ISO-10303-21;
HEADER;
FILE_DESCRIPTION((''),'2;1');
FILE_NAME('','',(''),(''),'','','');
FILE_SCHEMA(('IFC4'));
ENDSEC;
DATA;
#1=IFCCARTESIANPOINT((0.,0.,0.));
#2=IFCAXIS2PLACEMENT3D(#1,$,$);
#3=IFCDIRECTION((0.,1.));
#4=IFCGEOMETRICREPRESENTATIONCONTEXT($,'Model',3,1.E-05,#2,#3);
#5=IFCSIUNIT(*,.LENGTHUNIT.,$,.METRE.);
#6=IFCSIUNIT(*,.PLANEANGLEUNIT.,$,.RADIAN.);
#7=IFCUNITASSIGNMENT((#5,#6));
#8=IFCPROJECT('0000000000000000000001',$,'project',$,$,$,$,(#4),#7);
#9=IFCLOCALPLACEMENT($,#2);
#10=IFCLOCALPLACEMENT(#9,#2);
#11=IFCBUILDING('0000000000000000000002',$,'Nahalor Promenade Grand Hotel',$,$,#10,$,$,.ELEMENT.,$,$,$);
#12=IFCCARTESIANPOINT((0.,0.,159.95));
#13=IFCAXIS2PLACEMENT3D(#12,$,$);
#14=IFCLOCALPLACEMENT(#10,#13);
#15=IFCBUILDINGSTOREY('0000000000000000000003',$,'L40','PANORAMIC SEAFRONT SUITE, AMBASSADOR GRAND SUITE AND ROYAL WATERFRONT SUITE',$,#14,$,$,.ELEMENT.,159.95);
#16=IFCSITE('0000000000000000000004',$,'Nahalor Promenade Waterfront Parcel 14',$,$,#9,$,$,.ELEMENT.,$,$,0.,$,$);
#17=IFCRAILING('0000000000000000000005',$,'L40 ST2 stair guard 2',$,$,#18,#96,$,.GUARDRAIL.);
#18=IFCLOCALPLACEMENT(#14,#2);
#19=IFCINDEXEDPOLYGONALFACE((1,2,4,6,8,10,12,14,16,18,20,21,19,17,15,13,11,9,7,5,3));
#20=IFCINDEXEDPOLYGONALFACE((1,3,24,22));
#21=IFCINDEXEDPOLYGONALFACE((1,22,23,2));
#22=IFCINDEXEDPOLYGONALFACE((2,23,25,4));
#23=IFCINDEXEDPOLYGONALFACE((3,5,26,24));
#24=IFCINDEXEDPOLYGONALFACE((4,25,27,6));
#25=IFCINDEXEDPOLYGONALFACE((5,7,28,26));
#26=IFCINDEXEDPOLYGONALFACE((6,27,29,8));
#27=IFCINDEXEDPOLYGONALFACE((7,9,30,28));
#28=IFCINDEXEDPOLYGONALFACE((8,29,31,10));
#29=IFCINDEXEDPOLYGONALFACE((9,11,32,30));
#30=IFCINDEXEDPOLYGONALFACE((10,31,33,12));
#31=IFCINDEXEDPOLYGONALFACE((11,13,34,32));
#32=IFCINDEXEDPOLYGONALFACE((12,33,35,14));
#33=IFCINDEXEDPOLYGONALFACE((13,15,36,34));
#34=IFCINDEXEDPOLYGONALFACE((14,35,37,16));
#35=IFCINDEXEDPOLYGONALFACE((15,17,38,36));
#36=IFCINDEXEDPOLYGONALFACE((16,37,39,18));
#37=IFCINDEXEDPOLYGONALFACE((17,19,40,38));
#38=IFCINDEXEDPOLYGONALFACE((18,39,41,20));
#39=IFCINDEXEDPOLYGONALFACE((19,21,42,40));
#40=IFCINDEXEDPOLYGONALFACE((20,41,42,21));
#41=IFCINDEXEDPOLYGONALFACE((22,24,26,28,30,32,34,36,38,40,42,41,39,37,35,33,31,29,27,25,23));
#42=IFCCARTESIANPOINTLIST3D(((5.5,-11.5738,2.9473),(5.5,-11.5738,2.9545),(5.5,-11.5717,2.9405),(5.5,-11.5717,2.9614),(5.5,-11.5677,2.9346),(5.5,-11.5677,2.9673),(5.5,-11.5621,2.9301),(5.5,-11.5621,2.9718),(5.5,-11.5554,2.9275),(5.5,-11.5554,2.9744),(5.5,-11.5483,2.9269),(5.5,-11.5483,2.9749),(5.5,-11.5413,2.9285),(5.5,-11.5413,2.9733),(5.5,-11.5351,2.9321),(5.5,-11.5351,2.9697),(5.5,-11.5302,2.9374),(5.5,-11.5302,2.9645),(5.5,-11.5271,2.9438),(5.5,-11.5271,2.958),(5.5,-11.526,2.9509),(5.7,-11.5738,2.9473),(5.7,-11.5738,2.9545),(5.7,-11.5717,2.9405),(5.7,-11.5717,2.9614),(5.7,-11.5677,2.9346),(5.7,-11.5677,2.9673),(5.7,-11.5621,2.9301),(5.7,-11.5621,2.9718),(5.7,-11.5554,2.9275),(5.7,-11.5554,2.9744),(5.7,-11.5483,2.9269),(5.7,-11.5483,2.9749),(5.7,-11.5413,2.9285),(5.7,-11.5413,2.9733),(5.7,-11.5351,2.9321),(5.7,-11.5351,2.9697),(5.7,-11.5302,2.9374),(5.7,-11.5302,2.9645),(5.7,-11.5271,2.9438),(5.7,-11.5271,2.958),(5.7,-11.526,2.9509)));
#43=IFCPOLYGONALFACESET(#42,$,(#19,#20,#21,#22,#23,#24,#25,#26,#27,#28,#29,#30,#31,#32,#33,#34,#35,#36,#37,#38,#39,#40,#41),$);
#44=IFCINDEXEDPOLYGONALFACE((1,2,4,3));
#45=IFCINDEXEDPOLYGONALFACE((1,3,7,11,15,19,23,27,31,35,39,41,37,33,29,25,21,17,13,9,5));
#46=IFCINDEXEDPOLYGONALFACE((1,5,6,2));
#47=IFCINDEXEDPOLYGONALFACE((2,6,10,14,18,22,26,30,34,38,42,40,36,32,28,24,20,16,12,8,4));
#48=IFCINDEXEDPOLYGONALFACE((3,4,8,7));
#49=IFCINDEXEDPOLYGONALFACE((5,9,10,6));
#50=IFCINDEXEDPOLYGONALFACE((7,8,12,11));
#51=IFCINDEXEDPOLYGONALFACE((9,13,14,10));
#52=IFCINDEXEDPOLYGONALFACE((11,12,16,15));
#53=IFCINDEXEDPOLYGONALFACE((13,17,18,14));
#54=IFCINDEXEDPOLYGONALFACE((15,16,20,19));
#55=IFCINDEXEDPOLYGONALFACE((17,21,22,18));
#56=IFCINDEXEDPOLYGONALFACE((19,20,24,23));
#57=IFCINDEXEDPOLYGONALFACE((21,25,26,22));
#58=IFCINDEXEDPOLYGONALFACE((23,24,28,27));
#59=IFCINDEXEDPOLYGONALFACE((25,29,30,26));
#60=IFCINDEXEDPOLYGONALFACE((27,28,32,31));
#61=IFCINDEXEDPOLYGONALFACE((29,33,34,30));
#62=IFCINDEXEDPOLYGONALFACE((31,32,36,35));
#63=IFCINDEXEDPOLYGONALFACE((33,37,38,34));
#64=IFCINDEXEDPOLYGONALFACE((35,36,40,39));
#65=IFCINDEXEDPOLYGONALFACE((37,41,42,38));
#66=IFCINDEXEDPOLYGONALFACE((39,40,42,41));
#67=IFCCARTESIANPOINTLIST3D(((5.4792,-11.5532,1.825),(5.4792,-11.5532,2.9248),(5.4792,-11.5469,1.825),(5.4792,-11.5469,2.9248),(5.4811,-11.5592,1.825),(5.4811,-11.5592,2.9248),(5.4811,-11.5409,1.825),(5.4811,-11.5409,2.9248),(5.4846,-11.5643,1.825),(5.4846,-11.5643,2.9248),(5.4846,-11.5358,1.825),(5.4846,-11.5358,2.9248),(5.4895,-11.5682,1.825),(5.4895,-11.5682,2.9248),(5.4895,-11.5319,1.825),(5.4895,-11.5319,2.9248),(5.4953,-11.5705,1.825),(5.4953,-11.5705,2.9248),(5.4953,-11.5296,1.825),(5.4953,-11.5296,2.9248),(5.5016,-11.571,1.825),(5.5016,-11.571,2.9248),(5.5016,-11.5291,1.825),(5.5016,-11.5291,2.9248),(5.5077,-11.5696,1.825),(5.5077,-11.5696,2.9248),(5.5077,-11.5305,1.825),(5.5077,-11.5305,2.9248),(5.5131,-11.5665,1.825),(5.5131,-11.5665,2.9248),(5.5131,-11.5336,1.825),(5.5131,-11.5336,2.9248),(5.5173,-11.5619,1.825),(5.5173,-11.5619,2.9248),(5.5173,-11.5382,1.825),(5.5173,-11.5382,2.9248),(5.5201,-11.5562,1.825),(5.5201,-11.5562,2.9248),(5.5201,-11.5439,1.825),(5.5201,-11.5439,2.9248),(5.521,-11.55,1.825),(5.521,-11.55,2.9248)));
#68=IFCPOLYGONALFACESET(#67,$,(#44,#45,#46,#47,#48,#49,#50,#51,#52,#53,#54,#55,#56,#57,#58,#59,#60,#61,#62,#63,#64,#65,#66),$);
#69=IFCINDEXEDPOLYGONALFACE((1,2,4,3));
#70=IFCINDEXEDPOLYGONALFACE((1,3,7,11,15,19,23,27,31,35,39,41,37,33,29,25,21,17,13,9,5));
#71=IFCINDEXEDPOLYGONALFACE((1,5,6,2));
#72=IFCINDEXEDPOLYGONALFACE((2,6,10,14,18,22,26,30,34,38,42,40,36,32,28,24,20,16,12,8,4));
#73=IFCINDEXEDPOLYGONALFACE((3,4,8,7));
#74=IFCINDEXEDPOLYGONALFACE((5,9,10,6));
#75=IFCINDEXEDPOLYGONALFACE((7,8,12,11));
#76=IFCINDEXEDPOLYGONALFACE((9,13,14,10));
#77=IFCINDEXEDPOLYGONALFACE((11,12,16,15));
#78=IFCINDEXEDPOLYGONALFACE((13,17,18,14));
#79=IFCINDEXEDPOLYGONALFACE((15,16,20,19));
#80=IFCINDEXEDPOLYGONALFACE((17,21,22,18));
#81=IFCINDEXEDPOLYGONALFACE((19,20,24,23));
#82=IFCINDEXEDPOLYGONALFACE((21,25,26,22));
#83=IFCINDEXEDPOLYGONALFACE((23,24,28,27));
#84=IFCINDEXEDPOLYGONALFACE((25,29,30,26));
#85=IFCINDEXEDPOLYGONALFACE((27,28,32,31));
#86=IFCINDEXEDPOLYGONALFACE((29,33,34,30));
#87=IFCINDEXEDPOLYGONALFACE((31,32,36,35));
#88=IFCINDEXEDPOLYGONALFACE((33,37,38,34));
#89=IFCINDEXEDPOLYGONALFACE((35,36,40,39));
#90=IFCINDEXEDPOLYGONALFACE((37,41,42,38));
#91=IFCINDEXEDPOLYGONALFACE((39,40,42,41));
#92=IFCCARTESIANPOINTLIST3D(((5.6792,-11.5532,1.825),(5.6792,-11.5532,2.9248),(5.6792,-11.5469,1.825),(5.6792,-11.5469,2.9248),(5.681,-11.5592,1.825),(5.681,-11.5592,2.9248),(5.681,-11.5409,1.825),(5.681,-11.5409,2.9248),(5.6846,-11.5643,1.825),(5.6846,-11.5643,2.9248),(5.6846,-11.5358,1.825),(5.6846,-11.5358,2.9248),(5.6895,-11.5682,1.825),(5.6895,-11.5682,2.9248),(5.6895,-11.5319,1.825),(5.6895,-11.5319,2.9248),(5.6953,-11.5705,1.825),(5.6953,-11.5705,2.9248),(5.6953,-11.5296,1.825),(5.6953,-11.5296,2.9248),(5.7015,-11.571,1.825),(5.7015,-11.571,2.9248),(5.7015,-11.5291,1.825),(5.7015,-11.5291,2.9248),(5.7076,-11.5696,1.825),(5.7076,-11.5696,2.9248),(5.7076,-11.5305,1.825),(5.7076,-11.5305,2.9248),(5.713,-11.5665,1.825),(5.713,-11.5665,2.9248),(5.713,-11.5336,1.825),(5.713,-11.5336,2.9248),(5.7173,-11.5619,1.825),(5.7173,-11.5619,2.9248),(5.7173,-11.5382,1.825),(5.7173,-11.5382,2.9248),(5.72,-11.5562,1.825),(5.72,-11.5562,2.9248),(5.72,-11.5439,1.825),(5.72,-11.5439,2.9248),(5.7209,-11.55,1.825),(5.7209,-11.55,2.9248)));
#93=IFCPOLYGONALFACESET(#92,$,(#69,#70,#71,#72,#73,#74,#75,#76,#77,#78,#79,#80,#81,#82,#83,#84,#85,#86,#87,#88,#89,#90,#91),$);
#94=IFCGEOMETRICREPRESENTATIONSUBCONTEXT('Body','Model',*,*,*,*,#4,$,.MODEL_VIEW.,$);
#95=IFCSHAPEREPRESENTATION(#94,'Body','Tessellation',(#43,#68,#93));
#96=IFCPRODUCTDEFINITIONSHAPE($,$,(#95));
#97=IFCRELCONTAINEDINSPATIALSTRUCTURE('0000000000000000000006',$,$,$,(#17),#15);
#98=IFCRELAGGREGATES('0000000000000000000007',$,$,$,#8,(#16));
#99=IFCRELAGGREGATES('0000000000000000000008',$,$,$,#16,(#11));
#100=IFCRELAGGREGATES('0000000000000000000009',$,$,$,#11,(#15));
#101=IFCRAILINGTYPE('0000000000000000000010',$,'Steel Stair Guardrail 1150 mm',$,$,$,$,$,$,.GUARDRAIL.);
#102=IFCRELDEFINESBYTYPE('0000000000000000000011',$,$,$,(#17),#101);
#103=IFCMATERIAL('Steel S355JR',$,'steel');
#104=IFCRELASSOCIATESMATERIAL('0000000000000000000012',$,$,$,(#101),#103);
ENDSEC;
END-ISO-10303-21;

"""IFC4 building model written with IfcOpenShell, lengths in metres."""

from ifc_helpers import new_model, si_unit, direction, frame, origin, origin_2d, place, context, subcontext, project, spatial, circle, extrude, material, type_object, element, save


model = new_model("IFC4")

# Units and contexts
model_context = context("Model", 3, precision=1e-05, world=origin(), true_north=direction((0.0, 1.0)))
body_context = subcontext(model_context, "Body", "Model", "MODEL_VIEW")
ifc_project = project(units=[si_unit("LENGTHUNIT", "METRE"), si_unit("PLANEANGLEUNIT", "RADIAN")], contexts=[model_context])

# Site, building, storey
site_placement = place(None, origin())
site = spatial("IfcSite", under=ifc_project, at=site_placement, Name="Nahalor Promenade Waterfront Parcel 14", CompositionType="ELEMENT", RefElevation=0.0)
building_placement = place(site_placement, origin())
building = spatial("IfcBuilding", under=site, at=building_placement, Name="Nahalor Promenade Grand Hotel", CompositionType="ELEMENT")
storey_placement = place(building_placement, frame((0.0, 0.0, 159.95)))
storey = spatial("IfcBuildingStorey", under=building, at=storey_placement, Name="L40", Description="PANORAMIC SEAFRONT SUITE, AMBASSADOR GRAND SUITE AND ROYAL WATERFRONT SUITE", CompositionType="ELEMENT", Elevation=159.95)

# Shared definitions
ifc_material_1 = material(Name="Steel S355JR", Category="steel")

# Railing
railing_type_1 = type_object("IfcRailingType", Name="Steel Stair Guardrail 1150 mm", PredefinedType="GUARDRAIL", material=ifc_material_1)
railing_1_placement = place(storey_placement, frame((5.5, -11.55, 1.825)))
element("IfcRailing", 1, at=railing_1_placement, inside=storey, type_object=railing_type_1, Name="L40 ST2 stair guard 2", PredefinedType="GUARDRAIL", context=body_context, shape_type="SweptSolid", body=[
    extrude(circle(Radius=0.024, at=origin_2d()), frame((0.0, 0.0, 1.126), z_axis=(1.0, 0.0, 0.0), x_axis=(0.0, 1.0, 0.0)), (0.0, 0.0, 1.0), 0.2),
    extrude(circle(Radius=0.021, at=origin_2d()), origin(), (0.0, 0.0, 1.0), 1.0999),
    extrude(circle(Radius=0.021, at=origin_2d()), frame((0.2, 0.0, 0.0)), (0.0, 0.0, 1.0), 1.0999),
])

save(model, "model.ifc")
